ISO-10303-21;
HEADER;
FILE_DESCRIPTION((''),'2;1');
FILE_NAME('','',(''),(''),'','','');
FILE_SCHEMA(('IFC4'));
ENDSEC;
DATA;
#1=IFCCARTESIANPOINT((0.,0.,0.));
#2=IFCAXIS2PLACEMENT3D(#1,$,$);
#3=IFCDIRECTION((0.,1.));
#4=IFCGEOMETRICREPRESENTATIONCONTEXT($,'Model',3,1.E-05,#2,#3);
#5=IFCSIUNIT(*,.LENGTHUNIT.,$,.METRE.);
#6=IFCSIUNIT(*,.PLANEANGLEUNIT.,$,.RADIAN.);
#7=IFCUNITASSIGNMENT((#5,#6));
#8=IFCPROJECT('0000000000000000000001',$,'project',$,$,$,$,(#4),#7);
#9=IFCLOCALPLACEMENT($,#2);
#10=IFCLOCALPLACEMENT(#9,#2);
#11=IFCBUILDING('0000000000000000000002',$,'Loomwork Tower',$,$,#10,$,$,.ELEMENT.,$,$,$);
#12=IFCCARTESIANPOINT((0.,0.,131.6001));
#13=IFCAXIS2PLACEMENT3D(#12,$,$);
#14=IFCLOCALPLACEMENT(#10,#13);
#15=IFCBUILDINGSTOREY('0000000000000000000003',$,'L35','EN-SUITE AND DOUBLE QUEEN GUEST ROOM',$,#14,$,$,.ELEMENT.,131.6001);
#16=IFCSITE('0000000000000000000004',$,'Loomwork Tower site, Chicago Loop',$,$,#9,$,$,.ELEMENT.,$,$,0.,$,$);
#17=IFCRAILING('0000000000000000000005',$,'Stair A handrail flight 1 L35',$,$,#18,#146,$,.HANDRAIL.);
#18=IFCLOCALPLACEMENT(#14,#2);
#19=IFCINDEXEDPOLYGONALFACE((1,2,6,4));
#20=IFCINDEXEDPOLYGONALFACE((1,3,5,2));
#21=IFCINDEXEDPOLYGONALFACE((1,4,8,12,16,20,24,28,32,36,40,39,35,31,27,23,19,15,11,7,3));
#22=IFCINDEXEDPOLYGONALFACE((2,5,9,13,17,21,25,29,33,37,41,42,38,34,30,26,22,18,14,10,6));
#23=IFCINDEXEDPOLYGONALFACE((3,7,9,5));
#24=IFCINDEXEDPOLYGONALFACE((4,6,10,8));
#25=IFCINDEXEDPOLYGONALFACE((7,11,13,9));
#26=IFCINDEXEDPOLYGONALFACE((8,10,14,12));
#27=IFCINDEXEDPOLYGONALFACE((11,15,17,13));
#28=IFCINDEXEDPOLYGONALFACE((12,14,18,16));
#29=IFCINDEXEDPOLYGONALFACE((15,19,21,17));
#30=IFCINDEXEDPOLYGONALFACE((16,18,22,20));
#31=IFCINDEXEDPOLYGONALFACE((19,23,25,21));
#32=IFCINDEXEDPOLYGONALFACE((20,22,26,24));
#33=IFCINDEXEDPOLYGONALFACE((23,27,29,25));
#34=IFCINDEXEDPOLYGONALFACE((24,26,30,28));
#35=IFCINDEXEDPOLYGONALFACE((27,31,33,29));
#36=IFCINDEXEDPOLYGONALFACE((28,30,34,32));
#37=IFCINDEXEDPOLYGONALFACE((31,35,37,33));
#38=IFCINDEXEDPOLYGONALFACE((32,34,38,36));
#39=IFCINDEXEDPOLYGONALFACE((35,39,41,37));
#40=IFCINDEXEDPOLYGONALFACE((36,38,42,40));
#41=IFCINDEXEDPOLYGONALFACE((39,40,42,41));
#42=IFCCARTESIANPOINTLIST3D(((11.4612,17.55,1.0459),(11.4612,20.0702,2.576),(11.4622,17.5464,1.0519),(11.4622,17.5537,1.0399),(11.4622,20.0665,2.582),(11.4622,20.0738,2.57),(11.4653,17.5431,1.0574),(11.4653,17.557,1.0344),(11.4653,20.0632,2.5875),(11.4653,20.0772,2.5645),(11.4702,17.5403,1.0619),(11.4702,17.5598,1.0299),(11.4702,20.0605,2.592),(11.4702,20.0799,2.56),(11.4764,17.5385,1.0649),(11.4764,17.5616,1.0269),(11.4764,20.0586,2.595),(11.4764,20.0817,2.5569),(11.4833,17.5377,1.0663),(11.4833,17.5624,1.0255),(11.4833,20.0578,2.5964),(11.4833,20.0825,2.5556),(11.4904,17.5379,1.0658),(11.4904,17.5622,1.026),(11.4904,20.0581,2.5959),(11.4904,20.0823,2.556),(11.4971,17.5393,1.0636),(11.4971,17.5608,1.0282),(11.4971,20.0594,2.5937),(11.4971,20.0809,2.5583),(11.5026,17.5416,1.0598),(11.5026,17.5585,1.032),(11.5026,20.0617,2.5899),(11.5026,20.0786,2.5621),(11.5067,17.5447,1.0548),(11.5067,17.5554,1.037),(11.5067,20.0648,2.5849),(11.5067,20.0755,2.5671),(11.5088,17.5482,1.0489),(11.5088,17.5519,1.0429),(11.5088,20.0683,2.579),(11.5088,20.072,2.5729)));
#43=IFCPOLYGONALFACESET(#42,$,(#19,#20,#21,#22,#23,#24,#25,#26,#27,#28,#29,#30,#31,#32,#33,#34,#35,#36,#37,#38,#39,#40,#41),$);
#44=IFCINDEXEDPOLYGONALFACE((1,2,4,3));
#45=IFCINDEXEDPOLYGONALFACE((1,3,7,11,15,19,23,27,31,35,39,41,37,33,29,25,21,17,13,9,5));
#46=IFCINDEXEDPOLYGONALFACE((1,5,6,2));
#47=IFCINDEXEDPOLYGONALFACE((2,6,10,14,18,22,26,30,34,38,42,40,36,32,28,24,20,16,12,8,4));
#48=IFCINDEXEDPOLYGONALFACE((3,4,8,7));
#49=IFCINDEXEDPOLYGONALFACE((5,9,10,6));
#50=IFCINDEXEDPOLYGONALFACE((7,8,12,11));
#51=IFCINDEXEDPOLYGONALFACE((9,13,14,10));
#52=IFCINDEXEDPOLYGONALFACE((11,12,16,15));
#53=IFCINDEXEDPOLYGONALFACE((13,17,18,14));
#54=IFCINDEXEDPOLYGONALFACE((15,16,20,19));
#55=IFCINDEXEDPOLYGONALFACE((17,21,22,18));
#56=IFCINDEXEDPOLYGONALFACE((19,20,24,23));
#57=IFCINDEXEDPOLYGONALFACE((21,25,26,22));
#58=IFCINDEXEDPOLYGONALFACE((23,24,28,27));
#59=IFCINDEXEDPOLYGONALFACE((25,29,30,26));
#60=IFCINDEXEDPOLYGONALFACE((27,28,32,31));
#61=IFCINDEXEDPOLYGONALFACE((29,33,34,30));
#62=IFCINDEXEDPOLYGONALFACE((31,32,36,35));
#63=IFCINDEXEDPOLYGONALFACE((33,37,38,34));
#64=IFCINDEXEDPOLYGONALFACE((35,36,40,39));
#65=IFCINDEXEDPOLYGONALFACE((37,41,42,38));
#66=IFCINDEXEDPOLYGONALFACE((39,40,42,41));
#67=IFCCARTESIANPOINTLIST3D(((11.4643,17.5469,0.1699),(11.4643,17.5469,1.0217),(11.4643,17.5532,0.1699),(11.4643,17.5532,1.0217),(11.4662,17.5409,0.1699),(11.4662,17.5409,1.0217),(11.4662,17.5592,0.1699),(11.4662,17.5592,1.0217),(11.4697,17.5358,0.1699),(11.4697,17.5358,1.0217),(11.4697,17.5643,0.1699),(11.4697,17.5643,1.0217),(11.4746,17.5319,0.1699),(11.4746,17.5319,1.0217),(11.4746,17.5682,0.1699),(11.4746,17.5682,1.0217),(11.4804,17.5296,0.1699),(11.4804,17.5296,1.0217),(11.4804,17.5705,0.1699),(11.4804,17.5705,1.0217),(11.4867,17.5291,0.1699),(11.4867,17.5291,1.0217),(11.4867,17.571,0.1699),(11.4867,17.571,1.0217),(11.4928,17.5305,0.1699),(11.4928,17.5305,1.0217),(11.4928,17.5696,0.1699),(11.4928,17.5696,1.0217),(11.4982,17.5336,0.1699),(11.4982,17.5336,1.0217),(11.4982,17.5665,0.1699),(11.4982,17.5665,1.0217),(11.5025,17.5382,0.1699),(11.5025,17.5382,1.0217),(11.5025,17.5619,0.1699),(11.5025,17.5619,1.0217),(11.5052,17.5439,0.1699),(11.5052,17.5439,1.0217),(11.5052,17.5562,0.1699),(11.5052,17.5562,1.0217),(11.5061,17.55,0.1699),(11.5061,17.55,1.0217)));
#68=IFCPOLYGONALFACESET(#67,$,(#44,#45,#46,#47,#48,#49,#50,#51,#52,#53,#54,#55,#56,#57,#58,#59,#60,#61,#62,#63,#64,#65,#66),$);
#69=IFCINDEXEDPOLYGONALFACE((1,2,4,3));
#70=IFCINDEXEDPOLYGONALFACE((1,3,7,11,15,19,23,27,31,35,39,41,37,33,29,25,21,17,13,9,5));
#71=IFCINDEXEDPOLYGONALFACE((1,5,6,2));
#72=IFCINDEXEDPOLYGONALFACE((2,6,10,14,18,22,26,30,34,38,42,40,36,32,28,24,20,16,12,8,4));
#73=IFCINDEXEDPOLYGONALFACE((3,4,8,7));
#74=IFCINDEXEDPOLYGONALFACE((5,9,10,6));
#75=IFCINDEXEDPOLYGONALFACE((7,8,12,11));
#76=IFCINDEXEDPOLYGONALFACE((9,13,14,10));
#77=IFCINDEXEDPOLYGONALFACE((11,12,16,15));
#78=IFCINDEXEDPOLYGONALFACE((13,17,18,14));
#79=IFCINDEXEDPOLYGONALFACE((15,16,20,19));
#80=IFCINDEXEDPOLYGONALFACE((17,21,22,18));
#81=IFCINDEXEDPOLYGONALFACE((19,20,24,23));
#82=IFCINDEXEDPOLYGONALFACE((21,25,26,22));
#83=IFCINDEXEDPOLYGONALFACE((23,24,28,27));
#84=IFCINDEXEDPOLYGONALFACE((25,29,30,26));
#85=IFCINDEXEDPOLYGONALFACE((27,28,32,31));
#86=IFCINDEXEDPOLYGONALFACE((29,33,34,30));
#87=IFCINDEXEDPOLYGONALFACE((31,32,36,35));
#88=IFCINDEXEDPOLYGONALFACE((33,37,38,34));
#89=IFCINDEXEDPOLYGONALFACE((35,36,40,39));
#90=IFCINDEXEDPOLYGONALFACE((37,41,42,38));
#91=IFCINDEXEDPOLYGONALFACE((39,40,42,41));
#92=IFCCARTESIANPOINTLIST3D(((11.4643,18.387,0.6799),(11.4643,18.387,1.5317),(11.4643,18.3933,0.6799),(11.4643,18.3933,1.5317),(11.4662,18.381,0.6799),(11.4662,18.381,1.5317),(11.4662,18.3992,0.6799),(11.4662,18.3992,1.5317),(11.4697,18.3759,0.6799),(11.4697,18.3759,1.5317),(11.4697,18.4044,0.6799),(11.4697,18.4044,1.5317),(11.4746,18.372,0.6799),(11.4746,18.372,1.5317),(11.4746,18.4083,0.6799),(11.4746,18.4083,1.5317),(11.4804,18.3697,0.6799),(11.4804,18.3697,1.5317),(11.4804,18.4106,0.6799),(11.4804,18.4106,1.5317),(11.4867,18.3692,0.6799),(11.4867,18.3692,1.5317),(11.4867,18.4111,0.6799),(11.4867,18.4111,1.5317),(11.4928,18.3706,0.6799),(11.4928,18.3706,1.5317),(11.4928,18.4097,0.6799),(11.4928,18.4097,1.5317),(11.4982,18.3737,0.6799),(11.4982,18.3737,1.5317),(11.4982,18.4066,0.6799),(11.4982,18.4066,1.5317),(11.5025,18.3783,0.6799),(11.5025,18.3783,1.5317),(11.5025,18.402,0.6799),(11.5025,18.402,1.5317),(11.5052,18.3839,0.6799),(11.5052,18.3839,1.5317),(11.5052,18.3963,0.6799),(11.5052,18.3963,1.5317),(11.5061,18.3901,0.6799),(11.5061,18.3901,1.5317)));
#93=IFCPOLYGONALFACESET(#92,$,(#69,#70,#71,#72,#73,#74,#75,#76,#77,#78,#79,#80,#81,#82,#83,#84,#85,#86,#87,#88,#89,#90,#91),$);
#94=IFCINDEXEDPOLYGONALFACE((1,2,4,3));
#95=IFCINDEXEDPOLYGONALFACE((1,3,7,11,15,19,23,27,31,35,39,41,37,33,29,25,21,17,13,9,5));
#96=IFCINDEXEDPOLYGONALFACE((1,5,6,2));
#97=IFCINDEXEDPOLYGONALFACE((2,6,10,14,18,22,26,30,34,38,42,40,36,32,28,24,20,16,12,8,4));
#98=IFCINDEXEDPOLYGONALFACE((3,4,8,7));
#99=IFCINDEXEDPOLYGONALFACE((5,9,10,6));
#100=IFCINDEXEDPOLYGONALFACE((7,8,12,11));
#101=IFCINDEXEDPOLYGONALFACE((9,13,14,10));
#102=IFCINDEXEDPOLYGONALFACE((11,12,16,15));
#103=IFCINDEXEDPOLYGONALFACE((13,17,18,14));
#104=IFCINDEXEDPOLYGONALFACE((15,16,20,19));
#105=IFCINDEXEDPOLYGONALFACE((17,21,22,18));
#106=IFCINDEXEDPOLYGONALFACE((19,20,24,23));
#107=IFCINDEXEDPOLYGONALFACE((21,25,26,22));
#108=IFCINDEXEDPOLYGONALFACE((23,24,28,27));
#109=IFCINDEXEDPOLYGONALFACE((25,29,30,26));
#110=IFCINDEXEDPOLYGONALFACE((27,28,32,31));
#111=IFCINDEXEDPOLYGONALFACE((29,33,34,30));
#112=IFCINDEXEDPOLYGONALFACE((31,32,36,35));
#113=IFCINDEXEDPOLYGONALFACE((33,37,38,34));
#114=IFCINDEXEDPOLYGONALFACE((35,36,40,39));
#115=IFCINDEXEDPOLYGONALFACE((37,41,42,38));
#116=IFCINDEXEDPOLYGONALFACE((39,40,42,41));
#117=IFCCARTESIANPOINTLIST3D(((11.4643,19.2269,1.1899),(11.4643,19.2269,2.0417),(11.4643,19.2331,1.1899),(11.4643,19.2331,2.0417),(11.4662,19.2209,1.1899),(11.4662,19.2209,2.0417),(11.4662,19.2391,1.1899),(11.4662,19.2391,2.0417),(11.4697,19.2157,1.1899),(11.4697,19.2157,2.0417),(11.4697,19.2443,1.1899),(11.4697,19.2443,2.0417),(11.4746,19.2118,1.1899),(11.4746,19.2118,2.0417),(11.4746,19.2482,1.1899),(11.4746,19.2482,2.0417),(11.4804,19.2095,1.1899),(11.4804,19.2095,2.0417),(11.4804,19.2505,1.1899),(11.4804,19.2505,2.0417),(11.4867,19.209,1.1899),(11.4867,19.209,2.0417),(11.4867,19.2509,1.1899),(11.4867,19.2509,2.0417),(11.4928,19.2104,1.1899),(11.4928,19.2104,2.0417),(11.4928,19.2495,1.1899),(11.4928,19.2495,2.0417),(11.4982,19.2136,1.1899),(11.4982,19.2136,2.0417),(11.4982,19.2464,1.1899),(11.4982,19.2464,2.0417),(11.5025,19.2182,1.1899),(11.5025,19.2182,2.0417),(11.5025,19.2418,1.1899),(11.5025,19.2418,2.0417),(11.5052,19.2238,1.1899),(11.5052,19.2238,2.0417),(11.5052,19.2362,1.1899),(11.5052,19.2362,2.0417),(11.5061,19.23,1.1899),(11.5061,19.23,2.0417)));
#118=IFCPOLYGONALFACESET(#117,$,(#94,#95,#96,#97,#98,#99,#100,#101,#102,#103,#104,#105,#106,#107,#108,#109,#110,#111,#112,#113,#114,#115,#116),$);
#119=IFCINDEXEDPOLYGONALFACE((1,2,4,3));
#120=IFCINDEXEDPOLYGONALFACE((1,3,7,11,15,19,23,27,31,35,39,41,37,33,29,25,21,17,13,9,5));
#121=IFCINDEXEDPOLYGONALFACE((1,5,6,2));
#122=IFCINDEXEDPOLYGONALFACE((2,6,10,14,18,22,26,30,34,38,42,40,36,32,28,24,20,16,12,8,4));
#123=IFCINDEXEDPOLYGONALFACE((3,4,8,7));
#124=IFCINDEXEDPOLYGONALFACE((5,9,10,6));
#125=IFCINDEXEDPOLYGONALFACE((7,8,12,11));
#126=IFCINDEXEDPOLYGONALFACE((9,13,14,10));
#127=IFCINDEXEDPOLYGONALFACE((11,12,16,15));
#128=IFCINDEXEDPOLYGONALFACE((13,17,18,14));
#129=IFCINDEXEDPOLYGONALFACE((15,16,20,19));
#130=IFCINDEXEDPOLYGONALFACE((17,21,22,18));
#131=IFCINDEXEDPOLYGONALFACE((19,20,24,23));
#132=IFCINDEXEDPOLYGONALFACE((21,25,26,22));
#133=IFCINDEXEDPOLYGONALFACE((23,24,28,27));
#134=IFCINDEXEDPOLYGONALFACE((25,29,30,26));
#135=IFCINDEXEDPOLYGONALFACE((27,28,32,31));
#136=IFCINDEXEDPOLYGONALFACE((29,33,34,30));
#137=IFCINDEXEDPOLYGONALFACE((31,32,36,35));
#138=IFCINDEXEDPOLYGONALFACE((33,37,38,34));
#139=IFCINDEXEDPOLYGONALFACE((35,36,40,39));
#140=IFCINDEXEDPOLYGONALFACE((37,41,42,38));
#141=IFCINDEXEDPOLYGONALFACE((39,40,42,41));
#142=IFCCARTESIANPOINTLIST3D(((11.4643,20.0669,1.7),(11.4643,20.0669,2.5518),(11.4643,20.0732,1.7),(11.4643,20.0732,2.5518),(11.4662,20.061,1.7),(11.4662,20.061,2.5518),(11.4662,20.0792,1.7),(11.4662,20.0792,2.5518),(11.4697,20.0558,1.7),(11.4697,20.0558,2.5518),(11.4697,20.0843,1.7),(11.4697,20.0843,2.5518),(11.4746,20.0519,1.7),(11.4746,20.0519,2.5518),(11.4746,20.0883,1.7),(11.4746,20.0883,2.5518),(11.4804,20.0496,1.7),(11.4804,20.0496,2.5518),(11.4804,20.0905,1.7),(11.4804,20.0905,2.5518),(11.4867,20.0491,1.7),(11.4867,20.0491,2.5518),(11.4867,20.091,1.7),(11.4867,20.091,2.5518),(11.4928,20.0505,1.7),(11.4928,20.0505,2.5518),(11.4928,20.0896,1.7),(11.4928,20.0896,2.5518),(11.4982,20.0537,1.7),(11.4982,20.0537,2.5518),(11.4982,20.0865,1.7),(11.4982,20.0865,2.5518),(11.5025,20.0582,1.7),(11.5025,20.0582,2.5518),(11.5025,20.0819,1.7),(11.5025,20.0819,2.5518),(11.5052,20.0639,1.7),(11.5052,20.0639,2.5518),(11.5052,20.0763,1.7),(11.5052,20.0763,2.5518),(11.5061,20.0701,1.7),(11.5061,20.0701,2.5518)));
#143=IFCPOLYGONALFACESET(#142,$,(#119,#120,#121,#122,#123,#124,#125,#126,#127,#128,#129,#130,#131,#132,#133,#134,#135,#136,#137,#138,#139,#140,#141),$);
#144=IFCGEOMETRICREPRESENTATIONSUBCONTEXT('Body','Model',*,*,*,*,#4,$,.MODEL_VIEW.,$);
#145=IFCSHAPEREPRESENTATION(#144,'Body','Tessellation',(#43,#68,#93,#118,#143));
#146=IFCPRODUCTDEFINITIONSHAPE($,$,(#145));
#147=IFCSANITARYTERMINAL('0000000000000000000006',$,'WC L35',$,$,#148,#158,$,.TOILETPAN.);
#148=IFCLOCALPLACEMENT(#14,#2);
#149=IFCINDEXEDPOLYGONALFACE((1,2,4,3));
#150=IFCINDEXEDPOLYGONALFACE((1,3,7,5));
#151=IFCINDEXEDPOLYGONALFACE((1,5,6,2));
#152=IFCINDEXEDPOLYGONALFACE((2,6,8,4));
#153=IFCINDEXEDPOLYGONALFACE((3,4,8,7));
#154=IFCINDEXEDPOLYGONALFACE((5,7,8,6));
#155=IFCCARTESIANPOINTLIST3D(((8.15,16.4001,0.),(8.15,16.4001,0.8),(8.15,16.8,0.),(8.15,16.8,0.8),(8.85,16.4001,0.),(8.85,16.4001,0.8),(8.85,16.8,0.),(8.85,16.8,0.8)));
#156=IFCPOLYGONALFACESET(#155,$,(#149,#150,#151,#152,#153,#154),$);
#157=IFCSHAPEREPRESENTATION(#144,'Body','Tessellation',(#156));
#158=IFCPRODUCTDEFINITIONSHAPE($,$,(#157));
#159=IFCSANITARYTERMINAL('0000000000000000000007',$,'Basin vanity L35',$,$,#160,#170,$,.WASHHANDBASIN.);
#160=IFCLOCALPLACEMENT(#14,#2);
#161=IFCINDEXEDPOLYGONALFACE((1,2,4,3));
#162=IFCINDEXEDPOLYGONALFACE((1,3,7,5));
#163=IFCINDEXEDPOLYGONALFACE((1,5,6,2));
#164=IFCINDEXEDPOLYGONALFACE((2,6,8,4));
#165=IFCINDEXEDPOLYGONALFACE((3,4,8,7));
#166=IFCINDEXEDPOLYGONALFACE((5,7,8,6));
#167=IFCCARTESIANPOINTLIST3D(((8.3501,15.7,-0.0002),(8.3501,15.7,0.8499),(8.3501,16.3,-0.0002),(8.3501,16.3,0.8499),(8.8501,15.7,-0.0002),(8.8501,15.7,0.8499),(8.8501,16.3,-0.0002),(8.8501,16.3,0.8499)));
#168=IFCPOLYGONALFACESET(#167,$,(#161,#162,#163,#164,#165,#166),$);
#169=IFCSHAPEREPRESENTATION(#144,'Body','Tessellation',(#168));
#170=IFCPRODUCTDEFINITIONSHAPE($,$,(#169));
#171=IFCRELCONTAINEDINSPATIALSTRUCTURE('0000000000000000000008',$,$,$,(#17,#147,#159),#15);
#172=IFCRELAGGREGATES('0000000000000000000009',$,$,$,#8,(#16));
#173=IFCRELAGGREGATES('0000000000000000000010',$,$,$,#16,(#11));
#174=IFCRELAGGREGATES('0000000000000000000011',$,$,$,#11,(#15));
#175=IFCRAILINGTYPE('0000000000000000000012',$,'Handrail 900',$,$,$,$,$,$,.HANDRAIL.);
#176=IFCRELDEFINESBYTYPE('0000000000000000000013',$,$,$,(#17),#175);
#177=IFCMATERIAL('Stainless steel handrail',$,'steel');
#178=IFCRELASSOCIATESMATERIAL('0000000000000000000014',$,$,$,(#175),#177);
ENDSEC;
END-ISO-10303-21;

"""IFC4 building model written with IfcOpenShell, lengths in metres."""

from ifc_helpers import new_model, si_unit, direction, frame, origin, origin_2d, place, context, subcontext, project, spatial, rectangle, circle, extrude, material, type_object, element, save


model = new_model("IFC4")

# Units and contexts
model_context = context("Model", 3, precision=1e-05, world=origin(), true_north=direction((0.0, 1.0)))
body_context = subcontext(model_context, "Body", "Model", "MODEL_VIEW")
ifc_project = project(units=[si_unit("LENGTHUNIT", "METRE"), si_unit("PLANEANGLEUNIT", "RADIAN")], contexts=[model_context])

# Site, building, storey
site_placement = place(None, origin())
site = spatial("IfcSite", under=ifc_project, at=site_placement, Name="Loomwork Tower site, Chicago Loop", CompositionType="ELEMENT", RefElevation=0.0)
building_placement = place(site_placement, origin())
building = spatial("IfcBuilding", under=site, at=building_placement, Name="Loomwork Tower", CompositionType="ELEMENT")
storey_placement = place(building_placement, frame((0.0, 0.0, 131.6001)))
storey = spatial("IfcBuildingStorey", under=building, at=storey_placement, Name="L35", Description="EN-SUITE AND DOUBLE QUEEN GUEST ROOM", CompositionType="ELEMENT", Elevation=131.6001)

# Railing
ifc_material_1 = material(Name="Stainless steel handrail", Category="steel")
railing_type = type_object("IfcRailingType", Name="Handrail 900", PredefinedType="HANDRAIL", material=ifc_material_1)
railing_placement = place(storey_placement, frame((11.4851, 17.55, 0.1699)))
element("IfcRailing", 1, at=railing_placement, inside=storey, type_object=railing_type, Name="Stair A handrail flight 1 L35", PredefinedType="HANDRAIL", context=body_context, shape_type="SweptSolid", body=[
    extrude(circle(Radius=0.0239, at=origin_2d()), frame((0.0, 0.0, 0.876), z_axis=(0.0, 0.854785, 0.518982), x_axis=(-1.0, 0.0, 0.0)), (0.0, 0.0, 1.0), 2.9482),
    extrude(circle(Radius=0.021, at=origin_2d()), origin(), (0.0, 0.0, 1.0), 0.8518),
    extrude(circle(Radius=0.021, at=origin_2d()), frame((0.0, 0.8401, 0.51)), (0.0, 0.0, 1.0), 0.8518),
    extrude(circle(Radius=0.021, at=origin_2d()), frame((0.0, 1.6799, 1.02)), (0.0, 0.0, 1.0), 0.8518),
    extrude(circle(Radius=0.021, at=origin_2d()), frame((0.0, 2.52, 1.53)), (0.0, 0.0, 1.0), 0.8518),
])

# Sanitary terminals
sanitary_terminal_1_placement = place(storey_placement, frame((8.5, 16.6001, 0.0), z_axis=(0.0, 0.0, 1.0), x_axis=(1.0, 0.0, 0.0)))
element("IfcSanitaryTerminal", 2, at=sanitary_terminal_1_placement, inside=storey, Name="WC L35", PredefinedType="TOILETPAN", context=body_context, shape_type="SweptSolid", body=[
    extrude(rectangle(XDim=0.7, YDim=0.3999, at=origin_2d()), origin(), (0.0, 0.0, 1.0), 0.8),
])
sanitary_terminal_2_placement = place(storey_placement, frame((8.6001, 16.0, -0.0002), z_axis=(0.0, 0.0, 1.0), x_axis=(1.0, 0.0, 0.0)))
element("IfcSanitaryTerminal", 3, at=sanitary_terminal_2_placement, inside=storey, Name="Basin vanity L35", PredefinedType="WASHHANDBASIN", context=body_context, shape_type="SweptSolid", body=[
    extrude(rectangle(XDim=0.5, YDim=0.6001, at=origin_2d()), origin(), (0.0, 0.0, 1.0), 0.8501),
])

save(model, "model.ifc")
